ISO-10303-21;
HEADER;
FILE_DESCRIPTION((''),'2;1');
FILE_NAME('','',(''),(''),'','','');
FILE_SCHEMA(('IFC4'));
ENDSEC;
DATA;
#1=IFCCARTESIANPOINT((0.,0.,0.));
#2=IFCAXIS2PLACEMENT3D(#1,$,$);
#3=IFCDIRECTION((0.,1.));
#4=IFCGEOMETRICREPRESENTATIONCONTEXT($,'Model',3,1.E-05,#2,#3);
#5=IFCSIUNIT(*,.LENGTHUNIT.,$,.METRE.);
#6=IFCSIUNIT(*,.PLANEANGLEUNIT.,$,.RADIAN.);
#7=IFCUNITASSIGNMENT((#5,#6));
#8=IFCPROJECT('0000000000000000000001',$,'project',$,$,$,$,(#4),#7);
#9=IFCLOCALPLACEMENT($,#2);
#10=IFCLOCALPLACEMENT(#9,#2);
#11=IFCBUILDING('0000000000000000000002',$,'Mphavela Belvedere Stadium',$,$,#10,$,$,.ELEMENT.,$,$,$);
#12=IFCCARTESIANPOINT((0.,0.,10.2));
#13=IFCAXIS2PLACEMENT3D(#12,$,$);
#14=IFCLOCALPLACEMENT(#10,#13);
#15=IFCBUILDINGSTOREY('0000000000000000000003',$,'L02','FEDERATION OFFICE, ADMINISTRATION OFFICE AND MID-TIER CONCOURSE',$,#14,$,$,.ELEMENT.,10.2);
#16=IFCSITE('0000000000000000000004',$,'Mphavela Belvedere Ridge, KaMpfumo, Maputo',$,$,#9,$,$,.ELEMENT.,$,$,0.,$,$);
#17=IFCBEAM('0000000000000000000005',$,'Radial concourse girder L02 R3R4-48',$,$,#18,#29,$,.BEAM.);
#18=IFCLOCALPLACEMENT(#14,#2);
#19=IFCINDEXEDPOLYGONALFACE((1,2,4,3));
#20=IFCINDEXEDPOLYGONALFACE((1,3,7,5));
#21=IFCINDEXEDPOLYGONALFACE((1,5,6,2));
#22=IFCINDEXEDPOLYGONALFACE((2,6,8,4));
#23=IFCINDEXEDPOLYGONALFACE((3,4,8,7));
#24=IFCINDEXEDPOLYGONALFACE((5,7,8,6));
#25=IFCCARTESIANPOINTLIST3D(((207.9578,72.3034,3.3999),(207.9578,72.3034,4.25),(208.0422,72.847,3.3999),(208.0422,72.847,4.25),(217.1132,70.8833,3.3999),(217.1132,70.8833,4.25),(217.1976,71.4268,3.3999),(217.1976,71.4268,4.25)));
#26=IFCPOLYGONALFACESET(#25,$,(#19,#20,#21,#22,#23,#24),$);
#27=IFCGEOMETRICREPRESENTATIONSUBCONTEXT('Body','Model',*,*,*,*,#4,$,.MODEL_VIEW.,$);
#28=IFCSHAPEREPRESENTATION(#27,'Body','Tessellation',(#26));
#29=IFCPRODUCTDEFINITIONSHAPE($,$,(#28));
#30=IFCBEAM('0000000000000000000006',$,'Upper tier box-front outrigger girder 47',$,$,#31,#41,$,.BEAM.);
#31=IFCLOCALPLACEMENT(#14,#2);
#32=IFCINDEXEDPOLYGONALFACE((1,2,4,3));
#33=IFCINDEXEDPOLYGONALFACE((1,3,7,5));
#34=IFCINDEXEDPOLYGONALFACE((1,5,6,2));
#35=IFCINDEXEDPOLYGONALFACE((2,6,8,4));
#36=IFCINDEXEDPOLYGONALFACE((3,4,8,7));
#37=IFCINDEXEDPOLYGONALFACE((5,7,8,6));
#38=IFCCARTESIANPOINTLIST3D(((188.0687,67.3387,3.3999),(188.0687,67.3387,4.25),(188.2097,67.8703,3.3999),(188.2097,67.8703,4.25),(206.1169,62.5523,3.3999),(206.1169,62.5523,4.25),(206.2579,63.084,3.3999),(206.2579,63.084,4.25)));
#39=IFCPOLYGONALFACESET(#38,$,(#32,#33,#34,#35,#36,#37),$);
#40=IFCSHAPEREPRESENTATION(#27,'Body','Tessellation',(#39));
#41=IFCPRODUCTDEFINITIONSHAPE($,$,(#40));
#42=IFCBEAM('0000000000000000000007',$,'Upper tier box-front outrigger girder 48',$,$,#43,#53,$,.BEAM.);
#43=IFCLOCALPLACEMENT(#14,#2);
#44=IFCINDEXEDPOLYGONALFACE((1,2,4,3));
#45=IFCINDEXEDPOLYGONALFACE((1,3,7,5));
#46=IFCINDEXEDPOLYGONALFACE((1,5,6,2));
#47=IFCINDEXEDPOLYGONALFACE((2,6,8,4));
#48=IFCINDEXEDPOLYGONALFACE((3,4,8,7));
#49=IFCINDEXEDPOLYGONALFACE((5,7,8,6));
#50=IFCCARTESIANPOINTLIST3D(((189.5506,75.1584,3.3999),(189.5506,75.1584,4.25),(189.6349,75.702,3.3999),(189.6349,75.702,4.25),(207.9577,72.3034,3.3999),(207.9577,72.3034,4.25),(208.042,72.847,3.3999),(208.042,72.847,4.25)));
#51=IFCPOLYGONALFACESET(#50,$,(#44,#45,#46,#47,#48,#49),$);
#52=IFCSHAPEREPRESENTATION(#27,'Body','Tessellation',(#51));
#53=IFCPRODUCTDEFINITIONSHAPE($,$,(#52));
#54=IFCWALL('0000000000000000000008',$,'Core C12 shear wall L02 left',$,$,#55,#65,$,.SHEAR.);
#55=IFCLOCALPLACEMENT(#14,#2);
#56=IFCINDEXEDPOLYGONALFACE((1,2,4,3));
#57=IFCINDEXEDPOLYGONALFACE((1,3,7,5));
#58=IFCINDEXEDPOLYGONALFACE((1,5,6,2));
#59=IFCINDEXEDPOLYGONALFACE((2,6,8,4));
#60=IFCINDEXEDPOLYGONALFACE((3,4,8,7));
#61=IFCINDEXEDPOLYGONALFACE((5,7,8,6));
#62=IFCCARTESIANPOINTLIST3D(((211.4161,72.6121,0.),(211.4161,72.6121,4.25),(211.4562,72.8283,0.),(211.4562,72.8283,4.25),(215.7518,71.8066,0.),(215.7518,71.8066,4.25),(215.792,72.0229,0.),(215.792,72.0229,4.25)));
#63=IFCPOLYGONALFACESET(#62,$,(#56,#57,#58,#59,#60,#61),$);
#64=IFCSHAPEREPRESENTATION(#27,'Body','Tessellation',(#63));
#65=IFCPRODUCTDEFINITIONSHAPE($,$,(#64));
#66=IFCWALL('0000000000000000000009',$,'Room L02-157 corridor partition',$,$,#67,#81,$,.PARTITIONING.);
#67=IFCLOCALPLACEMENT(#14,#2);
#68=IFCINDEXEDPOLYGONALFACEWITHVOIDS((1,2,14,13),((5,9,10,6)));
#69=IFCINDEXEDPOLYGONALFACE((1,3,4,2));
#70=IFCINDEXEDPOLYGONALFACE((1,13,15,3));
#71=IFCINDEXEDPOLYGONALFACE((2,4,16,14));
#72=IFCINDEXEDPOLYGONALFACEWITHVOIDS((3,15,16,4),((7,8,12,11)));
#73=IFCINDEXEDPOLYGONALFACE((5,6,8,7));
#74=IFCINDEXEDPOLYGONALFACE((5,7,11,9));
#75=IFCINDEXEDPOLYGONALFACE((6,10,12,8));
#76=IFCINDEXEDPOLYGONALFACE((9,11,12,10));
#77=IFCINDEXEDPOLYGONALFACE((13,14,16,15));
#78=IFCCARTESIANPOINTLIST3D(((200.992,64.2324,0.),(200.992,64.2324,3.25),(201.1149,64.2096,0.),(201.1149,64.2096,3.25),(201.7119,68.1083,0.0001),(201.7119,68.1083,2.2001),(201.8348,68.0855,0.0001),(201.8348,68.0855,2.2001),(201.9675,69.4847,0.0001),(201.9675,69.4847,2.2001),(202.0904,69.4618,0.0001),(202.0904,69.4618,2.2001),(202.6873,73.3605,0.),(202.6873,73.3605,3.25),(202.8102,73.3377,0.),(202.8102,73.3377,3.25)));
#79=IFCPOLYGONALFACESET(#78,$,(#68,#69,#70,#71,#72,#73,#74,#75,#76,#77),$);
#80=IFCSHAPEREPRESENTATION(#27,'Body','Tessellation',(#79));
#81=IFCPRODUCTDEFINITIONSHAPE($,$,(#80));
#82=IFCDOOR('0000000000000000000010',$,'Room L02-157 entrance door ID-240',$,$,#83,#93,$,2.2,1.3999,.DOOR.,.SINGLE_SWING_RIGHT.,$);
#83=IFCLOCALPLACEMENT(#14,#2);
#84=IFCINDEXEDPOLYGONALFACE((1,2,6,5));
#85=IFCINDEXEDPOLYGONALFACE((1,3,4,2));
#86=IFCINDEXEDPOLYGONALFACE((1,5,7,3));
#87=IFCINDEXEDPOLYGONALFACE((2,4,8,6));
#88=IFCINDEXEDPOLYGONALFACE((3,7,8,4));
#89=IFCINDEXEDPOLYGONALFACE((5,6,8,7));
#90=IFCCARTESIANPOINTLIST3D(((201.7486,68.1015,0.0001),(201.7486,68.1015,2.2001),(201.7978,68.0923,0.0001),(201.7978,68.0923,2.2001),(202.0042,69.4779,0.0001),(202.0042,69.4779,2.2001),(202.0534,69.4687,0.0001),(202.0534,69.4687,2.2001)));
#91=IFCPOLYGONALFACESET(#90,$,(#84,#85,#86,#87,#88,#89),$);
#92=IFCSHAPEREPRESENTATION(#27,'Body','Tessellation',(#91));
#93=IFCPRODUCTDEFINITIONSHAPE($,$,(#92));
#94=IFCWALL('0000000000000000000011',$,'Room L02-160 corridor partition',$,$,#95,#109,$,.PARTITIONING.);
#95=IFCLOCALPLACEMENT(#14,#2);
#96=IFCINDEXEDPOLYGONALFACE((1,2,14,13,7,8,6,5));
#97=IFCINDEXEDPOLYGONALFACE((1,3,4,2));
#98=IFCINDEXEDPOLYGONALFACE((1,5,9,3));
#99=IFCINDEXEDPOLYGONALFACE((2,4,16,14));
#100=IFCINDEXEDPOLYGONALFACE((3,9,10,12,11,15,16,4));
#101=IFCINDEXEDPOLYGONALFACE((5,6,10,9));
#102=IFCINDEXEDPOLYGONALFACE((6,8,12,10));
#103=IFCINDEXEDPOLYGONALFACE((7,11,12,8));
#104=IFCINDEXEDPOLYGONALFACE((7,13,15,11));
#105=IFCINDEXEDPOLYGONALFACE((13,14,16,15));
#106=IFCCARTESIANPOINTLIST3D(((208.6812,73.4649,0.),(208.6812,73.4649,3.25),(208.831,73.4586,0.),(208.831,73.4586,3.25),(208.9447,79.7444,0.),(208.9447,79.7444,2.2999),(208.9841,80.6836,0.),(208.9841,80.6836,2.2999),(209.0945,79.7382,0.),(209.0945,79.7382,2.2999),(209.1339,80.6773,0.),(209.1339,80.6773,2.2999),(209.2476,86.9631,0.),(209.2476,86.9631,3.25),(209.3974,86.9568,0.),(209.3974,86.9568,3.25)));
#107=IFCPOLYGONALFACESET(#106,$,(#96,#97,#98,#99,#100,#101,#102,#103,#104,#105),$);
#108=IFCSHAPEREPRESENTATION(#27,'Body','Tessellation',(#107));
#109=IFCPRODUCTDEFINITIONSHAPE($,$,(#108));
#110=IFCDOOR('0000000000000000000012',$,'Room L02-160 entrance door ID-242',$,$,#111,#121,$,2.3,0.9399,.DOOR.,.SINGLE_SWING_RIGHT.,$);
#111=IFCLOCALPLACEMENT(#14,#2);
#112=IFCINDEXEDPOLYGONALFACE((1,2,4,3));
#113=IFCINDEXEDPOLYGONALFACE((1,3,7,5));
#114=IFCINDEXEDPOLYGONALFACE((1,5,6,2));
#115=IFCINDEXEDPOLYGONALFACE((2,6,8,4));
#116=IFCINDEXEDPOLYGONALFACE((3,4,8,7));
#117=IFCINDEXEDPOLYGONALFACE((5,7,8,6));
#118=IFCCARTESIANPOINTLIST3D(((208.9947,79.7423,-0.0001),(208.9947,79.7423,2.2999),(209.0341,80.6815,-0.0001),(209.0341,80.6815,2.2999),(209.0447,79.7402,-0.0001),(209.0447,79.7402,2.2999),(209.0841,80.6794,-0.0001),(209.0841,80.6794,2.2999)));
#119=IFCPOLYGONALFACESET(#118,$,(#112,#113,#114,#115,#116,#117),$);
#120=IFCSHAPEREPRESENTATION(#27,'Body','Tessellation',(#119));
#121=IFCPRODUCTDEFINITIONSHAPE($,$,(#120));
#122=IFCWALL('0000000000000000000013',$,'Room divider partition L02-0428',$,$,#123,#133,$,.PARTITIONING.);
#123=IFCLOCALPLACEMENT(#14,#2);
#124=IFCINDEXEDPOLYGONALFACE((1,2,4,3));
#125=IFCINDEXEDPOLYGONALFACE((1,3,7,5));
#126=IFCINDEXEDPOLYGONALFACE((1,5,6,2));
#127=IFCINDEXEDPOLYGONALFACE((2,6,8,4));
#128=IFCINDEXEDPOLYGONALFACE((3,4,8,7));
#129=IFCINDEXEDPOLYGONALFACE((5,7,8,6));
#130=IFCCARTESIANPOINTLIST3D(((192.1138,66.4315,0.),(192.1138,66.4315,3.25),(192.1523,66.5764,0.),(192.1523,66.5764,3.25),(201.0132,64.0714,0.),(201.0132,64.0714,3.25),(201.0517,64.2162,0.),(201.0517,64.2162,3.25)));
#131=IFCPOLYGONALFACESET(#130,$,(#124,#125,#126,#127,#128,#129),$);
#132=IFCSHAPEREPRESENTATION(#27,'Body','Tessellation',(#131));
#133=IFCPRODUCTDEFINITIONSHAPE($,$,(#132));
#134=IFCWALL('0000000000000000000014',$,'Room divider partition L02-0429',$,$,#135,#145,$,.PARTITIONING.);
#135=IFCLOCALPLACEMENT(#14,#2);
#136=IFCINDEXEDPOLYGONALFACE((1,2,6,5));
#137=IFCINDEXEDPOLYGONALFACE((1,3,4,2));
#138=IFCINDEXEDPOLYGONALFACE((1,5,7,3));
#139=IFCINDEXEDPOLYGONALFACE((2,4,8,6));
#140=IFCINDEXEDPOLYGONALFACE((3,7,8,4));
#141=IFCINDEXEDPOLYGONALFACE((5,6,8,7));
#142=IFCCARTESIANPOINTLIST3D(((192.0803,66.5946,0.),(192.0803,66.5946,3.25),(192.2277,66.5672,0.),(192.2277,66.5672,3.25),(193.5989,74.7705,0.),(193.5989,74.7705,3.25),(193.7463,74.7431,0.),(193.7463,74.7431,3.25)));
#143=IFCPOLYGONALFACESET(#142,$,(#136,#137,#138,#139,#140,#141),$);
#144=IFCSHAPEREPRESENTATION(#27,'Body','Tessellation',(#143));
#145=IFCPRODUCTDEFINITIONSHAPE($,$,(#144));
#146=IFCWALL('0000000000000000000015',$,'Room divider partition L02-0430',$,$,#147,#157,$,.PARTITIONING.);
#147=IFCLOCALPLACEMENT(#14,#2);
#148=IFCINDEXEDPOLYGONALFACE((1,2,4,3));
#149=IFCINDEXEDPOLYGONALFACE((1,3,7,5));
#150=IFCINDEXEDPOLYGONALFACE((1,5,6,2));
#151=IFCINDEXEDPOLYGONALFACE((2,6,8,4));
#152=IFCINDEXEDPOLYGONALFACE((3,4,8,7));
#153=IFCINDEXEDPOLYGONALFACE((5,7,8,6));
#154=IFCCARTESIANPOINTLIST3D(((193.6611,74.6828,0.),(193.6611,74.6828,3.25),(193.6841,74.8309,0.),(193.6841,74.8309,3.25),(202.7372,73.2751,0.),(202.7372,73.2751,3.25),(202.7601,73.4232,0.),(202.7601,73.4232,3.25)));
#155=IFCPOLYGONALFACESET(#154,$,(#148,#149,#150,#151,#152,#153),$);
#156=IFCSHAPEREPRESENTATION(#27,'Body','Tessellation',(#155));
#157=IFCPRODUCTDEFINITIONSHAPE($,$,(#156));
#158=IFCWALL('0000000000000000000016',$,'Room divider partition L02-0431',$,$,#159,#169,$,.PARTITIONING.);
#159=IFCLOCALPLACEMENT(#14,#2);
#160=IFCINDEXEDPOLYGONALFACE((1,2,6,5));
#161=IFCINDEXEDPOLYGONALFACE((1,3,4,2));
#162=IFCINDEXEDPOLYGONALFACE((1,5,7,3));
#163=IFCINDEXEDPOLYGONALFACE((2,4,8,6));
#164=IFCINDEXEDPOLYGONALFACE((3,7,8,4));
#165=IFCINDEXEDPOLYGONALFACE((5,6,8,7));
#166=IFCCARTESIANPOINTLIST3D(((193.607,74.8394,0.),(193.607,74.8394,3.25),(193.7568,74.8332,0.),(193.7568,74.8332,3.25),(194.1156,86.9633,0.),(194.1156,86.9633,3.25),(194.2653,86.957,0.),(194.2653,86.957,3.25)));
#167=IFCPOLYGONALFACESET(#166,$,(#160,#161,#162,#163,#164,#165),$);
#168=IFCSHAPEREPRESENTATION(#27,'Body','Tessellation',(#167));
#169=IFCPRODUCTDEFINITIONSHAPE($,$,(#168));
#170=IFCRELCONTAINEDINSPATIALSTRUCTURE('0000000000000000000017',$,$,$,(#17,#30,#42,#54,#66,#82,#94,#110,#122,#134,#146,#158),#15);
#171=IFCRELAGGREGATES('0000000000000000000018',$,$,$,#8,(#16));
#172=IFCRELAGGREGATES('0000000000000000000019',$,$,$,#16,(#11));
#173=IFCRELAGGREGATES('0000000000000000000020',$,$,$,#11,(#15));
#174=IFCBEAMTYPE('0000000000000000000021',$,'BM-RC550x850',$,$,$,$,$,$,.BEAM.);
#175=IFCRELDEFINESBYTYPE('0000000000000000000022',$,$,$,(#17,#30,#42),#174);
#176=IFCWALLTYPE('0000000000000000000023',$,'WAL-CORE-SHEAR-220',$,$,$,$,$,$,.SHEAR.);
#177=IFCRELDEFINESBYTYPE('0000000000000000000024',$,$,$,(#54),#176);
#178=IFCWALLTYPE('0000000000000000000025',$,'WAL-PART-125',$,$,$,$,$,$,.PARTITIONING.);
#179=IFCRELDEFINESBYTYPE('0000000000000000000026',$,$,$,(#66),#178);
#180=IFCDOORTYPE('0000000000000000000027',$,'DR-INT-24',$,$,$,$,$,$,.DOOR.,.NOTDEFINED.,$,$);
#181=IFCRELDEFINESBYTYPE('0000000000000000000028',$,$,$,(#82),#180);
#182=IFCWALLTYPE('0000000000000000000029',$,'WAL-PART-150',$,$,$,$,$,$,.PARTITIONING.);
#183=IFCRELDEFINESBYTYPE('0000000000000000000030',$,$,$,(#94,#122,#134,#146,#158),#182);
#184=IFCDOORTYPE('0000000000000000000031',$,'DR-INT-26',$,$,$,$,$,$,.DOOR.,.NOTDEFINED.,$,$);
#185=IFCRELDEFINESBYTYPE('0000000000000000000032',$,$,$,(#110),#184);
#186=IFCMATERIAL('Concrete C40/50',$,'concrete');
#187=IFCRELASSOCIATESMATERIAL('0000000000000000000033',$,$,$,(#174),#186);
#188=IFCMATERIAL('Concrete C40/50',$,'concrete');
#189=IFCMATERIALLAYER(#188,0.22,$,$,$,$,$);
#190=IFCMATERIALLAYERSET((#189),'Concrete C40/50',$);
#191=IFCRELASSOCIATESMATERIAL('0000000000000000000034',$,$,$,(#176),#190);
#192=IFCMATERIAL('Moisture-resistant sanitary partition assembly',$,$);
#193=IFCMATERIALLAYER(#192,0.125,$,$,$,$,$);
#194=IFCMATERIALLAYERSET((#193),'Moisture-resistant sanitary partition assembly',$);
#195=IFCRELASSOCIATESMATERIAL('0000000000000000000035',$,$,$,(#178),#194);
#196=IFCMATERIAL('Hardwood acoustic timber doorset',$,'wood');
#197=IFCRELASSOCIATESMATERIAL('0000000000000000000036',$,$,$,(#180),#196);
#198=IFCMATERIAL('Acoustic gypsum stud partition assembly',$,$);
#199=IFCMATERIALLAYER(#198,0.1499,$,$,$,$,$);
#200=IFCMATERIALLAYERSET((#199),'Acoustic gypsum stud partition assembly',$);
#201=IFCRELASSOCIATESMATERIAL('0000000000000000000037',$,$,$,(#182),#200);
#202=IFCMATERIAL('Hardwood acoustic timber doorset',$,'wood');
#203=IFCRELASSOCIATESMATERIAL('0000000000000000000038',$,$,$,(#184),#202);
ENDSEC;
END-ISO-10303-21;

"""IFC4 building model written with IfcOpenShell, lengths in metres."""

from ifc_helpers import new_model, si_unit, direction, frame, frame_2d, origin, origin_2d, place, context, subcontext, project, spatial, rectangle, extrude, material, layer, layer_set, material_profile, profile_set, type_object, element, fill, save


model = new_model("IFC4")

# Units and contexts
model_context = context("Model", 3, precision=1e-05, world=origin(), true_north=direction((0.0, 1.0)))
body_context = subcontext(model_context, "Body", "Model", "MODEL_VIEW")
ifc_project = project(units=[si_unit("LENGTHUNIT", "METRE"), si_unit("PLANEANGLEUNIT", "RADIAN")], contexts=[model_context])

# Site, building, storey
site_placement = place(None, origin())
site = spatial("IfcSite", under=ifc_project, at=site_placement, Name="Mphavela Belvedere Ridge, KaMpfumo, Maputo", CompositionType="ELEMENT", RefElevation=0.0)
building_placement = place(site_placement, origin())
building = spatial("IfcBuilding", under=site, at=building_placement, Name="Mphavela Belvedere Stadium", CompositionType="ELEMENT")
storey_placement = place(building_placement, frame((0.0, 0.0, 10.2)))
storey = spatial("IfcBuildingStorey", under=building, at=storey_placement, Name="L02", Description="FEDERATION OFFICE, ADMINISTRATION OFFICE AND MID-TIER CONCOURSE", CompositionType="ELEMENT", Elevation=10.2)

# Beams
ifc_material_1 = material(Name="Concrete C40/50", Category="concrete")
ifc_material_profile_1 = material_profile(ifc_material_1, rectangle(XDim=0.55, YDim=0.8501, at=origin_2d()), Name="RC 550x850")
ifc_profile_set_1 = profile_set([ifc_material_profile_1], Name="Concrete C40/50")
beam_type_1 = type_object("IfcBeamType", Name="BM-RC550x850", PredefinedType="BEAM", material=ifc_profile_set_1)
beam_1_placement = place(storey_placement, frame((208.0, 72.5752, 3.825), z_axis=(0.988182, -0.153283, 0.0), x_axis=(0.153283, 0.988182, 0.0)))
element("IfcBeam", 1, at=beam_1_placement, inside=storey, type_object=beam_type_1, Name="Radial concourse girder L02 R3R4-48", PredefinedType="BEAM", context=body_context, shape_type="SweptSolid", body=[
    extrude(rectangle(XDim=0.55, YDim=0.8501, at=origin_2d()), origin(), (0.0, 0.0, 1.0), 9.2649),
])
beam_2_placement = place(storey_placement, frame((188.1392, 67.6045, 3.825), z_axis=(0.966588, -0.256337, 0.0), x_axis=(0.256337, 0.966588, 0.0)))
element("IfcBeam", 2, at=beam_2_placement, inside=storey, type_object=beam_type_1, Name="Upper tier box-front outrigger girder 47", PredefinedType="BEAM", context=body_context, shape_type="SweptSolid", body=[
    extrude(rectangle(XDim=0.55, YDim=0.8501, at=origin_2d()), origin(), (0.0, 0.0, 1.0), 18.6721),
])
beam_3_placement = place(storey_placement, frame((189.5928, 75.4302, 3.825), z_axis=(0.988185, -0.153268, 0.0), x_axis=(0.153268, 0.988185, 0.0)))
element("IfcBeam", 3, at=beam_3_placement, inside=storey, type_object=beam_type_1, Name="Upper tier box-front outrigger girder 48", PredefinedType="BEAM", context=body_context, shape_type="SweptSolid", body=[
    extrude(rectangle(XDim=0.55, YDim=0.8501, at=origin_2d()), origin(), (0.0, 0.0, 1.0), 18.6272),
])

# Wall
ifc_material_2 = material(Name="Concrete C40/50", Category="concrete")
ifc_layer_1 = layer(ifc_material_2, 0.22)
ifc_layer_set_1 = layer_set([ifc_layer_1], Name="Concrete C40/50")
wall_type_1 = type_object("IfcWallType", Name="WAL-CORE-SHEAR-220", PredefinedType="SHEAR", material=ifc_layer_set_1)
wall_1_placement = place(storey_placement, frame((211.436, 72.7202, 0.0), z_axis=(0.0, 0.0, 1.0), x_axis=(0.98318, -0.18264, 0.0)))
element("IfcWall", 4, at=wall_1_placement, inside=storey, type_object=wall_type_1, Name="Core C12 shear wall L02 left", PredefinedType="SHEAR", context=body_context, shape_type="SweptSolid", body=[
    extrude(rectangle(XDim=4.4099, YDim=0.22, at=frame_2d((2.2051, 0.0))), origin(), (0.0, 0.0, 1.0), 4.25),
])

# Walls, openings, doors
ifc_material_3 = material(Name="Moisture-resistant sanitary partition assembly")
ifc_layer_2 = layer(ifc_material_3, 0.125)
ifc_layer_set_2 = layer_set([ifc_layer_2], Name="Moisture-resistant sanitary partition assembly")
wall_type_2 = type_object("IfcWallType", Name="WAL-PART-125", PredefinedType="PARTITIONING", material=ifc_layer_set_2)
wall_2_placement = place(storey_placement, frame((202.7488, 73.3491, 0.0), z_axis=(0.0, 0.0, 1.0), x_axis=(-0.182601, -0.983187, 0.0)))
wall_2 = element("IfcWall", 5, at=wall_2_placement, inside=storey, type_object=wall_type_2, Name="Room L02-157 corridor partition", PredefinedType="PARTITIONING", context=body_context, shape_type="SweptSolid", body=[
    extrude(rectangle(XDim=9.2842, YDim=0.125, at=frame_2d((4.6421, 0.0))), origin(), (0.0, 0.0, 1.0), 3.25),
])
opening_1_placement = place(wall_2_placement, frame((3.9421, 0.0, 0.0)))
opening_1 = element("IfcOpeningElement", 6, at=opening_1_placement, cuts=wall_2, PredefinedType="OPENING", context=body_context, shape_type="SweptSolid", body=[
    extrude(rectangle(XDim=1.3999, YDim=2.2, at=frame_2d((0.7, 1.1001))), frame((0.0, 0.0725, 0.0), z_axis=(0.0, -1.0, 0.0), x_axis=(1.0, 0.0, 0.0)), (0.0, 0.0, 1.0), 0.145),
])
ifc_material_4 = material(Name="Hardwood acoustic timber doorset", Category="wood")
door_type_1 = type_object("IfcDoorType", Name="DR-INT-24", OperationType="NOTDEFINED", PredefinedType="DOOR", material=ifc_material_4)
door_1_placement = place(opening_1_placement, origin())
door_1 = element("IfcDoor", 7, at=door_1_placement, inside=storey, type_object=door_type_1, Name="Room L02-157 entrance door ID-240", OperationType="SINGLE_SWING_RIGHT", OverallHeight=2.2, OverallWidth=1.3999, PredefinedType="DOOR", context=body_context, shape_type="SweptSolid", body=[
    extrude(rectangle(XDim=1.3999, YDim=2.2, at=frame_2d((0.7, 1.1001))), frame((0.0, 0.0249, 0.0), z_axis=(0.0, -1.0, 0.0), x_axis=(1.0, 0.0, 0.0)), (0.0, 0.0, 1.0), 0.05),
])
fill(opening_1, door_1)
ifc_material_5 = material(Name="Acoustic gypsum stud partition assembly")
ifc_layer_3 = layer(ifc_material_5, 0.1499)
ifc_layer_set_3 = layer_set([ifc_layer_3], Name="Acoustic gypsum stud partition assembly")
wall_type_3 = type_object("IfcWallType", Name="WAL-PART-150", PredefinedType="PARTITIONING", material=ifc_layer_set_3)
wall_3_placement = place(storey_placement, frame((208.7561, 73.4619, 0.0), z_axis=(0.0, 0.0, 1.0), x_axis=(0.041925, 0.999121, 0.0)))
wall_3 = element("IfcWall", 8, at=wall_3_placement, inside=storey, type_object=wall_type_3, Name="Room L02-160 corridor partition", PredefinedType="PARTITIONING", context=body_context, shape_type="SweptSolid", body=[
    extrude(rectangle(XDim=13.51, YDim=0.1499, at=frame_2d((6.7549, 0.0))), origin(), (0.0, 0.0, 1.0), 3.25),
])
opening_2_placement = place(wall_3_placement, frame((6.2849, 0.0, 0.0)))
opening_2 = element("IfcOpeningElement", 9, at=opening_2_placement, cuts=wall_3, PredefinedType="OPENING", context=body_context, shape_type="SweptSolid", body=[
    extrude(rectangle(XDim=0.9399, YDim=2.3, at=frame_2d((0.47, 1.1499))), frame((0.0, 0.085, 0.0), z_axis=(0.0, -1.0, 0.0), x_axis=(1.0, 0.0, 0.0)), (0.0, 0.0, 1.0), 0.1699),
])
ifc_material_6 = material(Name="Hardwood acoustic timber doorset", Category="wood")
door_type_2 = type_object("IfcDoorType", Name="DR-INT-26", OperationType="NOTDEFINED", PredefinedType="DOOR", material=ifc_material_6)
door_2_placement = place(opening_2_placement, origin())
door_2 = element("IfcDoor", 10, at=door_2_placement, inside=storey, type_object=door_type_2, Name="Room L02-160 entrance door ID-242", OperationType="SINGLE_SWING_RIGHT", OverallHeight=2.3, OverallWidth=0.9399, PredefinedType="DOOR", context=body_context, shape_type="SweptSolid", body=[
    extrude(rectangle(XDim=0.9399, YDim=2.3, at=frame_2d((0.47, 1.1499))), frame((0.0, 0.0249, 0.0), z_axis=(0.0, -1.0, 0.0), x_axis=(1.0, 0.0, 0.0)), (0.0, 0.0, 1.0), 0.05),
])
fill(opening_2, door_2)

# Walls
wall_4_placement = place(storey_placement, frame((192.1331, 66.5039, 0.0), z_axis=(0.0, 0.0, 1.0), x_axis=(0.966587, -0.256337, 0.0)))
element("IfcWall", 11, at=wall_4_placement, inside=storey, type_object=wall_type_3, Name="Room divider partition L02-0428", PredefinedType="PARTITIONING", context=body_context, shape_type="SweptSolid", body=[
    extrude(rectangle(XDim=9.207, YDim=0.1499, at=frame_2d((4.6035, 0.0))), origin(), (0.0, 0.0, 1.0), 3.25),
])
wall_5_placement = place(storey_placement, frame((192.1541, 66.5811, 0.0), z_axis=(0.0, 0.0, 1.0), x_axis=(0.182615, 0.983185, 0.0)))
element("IfcWall", 12, at=wall_5_placement, inside=storey, type_object=wall_type_3, Name="Room divider partition L02-0429", PredefinedType="PARTITIONING", context=body_context, shape_type="SweptSolid", body=[
    extrude(rectangle(XDim=8.3157, YDim=0.1499, at=frame_2d((4.1577, 0.0))), origin(), (0.0, 0.0, 1.0), 3.25),
])
wall_6_placement = place(storey_placement, frame((193.6726, 74.7568, 0.0), z_axis=(0.0, 0.0, 1.0), x_axis=(0.988185, -0.153268, 0.0)))
element("IfcWall", 13, at=wall_6_placement, inside=storey, type_object=wall_type_3, Name="Room divider partition L02-0430", PredefinedType="PARTITIONING", context=body_context, shape_type="SweptSolid", body=[
    extrude(rectangle(XDim=9.1846, YDim=0.1499, at=frame_2d((4.5923, 0.0))), origin(), (0.0, 0.0, 1.0), 3.25),
])
wall_7_placement = place(storey_placement, frame((193.6819, 74.8362, 0.0), z_axis=(0.0, 0.0, 1.0), x_axis=(0.041909, 0.999121, 0.0)))
element("IfcWall", 14, at=wall_7_placement, inside=storey, type_object=wall_type_3, Name="Room divider partition L02-0431", PredefinedType="PARTITIONING", context=body_context, shape_type="SweptSolid", body=[
    extrude(rectangle(XDim=12.1345, YDim=0.1499, at=frame_2d((6.0674, 0.0))), origin(), (0.0, 0.0, 1.0), 3.25),
])

save(model, "model.ifc")
